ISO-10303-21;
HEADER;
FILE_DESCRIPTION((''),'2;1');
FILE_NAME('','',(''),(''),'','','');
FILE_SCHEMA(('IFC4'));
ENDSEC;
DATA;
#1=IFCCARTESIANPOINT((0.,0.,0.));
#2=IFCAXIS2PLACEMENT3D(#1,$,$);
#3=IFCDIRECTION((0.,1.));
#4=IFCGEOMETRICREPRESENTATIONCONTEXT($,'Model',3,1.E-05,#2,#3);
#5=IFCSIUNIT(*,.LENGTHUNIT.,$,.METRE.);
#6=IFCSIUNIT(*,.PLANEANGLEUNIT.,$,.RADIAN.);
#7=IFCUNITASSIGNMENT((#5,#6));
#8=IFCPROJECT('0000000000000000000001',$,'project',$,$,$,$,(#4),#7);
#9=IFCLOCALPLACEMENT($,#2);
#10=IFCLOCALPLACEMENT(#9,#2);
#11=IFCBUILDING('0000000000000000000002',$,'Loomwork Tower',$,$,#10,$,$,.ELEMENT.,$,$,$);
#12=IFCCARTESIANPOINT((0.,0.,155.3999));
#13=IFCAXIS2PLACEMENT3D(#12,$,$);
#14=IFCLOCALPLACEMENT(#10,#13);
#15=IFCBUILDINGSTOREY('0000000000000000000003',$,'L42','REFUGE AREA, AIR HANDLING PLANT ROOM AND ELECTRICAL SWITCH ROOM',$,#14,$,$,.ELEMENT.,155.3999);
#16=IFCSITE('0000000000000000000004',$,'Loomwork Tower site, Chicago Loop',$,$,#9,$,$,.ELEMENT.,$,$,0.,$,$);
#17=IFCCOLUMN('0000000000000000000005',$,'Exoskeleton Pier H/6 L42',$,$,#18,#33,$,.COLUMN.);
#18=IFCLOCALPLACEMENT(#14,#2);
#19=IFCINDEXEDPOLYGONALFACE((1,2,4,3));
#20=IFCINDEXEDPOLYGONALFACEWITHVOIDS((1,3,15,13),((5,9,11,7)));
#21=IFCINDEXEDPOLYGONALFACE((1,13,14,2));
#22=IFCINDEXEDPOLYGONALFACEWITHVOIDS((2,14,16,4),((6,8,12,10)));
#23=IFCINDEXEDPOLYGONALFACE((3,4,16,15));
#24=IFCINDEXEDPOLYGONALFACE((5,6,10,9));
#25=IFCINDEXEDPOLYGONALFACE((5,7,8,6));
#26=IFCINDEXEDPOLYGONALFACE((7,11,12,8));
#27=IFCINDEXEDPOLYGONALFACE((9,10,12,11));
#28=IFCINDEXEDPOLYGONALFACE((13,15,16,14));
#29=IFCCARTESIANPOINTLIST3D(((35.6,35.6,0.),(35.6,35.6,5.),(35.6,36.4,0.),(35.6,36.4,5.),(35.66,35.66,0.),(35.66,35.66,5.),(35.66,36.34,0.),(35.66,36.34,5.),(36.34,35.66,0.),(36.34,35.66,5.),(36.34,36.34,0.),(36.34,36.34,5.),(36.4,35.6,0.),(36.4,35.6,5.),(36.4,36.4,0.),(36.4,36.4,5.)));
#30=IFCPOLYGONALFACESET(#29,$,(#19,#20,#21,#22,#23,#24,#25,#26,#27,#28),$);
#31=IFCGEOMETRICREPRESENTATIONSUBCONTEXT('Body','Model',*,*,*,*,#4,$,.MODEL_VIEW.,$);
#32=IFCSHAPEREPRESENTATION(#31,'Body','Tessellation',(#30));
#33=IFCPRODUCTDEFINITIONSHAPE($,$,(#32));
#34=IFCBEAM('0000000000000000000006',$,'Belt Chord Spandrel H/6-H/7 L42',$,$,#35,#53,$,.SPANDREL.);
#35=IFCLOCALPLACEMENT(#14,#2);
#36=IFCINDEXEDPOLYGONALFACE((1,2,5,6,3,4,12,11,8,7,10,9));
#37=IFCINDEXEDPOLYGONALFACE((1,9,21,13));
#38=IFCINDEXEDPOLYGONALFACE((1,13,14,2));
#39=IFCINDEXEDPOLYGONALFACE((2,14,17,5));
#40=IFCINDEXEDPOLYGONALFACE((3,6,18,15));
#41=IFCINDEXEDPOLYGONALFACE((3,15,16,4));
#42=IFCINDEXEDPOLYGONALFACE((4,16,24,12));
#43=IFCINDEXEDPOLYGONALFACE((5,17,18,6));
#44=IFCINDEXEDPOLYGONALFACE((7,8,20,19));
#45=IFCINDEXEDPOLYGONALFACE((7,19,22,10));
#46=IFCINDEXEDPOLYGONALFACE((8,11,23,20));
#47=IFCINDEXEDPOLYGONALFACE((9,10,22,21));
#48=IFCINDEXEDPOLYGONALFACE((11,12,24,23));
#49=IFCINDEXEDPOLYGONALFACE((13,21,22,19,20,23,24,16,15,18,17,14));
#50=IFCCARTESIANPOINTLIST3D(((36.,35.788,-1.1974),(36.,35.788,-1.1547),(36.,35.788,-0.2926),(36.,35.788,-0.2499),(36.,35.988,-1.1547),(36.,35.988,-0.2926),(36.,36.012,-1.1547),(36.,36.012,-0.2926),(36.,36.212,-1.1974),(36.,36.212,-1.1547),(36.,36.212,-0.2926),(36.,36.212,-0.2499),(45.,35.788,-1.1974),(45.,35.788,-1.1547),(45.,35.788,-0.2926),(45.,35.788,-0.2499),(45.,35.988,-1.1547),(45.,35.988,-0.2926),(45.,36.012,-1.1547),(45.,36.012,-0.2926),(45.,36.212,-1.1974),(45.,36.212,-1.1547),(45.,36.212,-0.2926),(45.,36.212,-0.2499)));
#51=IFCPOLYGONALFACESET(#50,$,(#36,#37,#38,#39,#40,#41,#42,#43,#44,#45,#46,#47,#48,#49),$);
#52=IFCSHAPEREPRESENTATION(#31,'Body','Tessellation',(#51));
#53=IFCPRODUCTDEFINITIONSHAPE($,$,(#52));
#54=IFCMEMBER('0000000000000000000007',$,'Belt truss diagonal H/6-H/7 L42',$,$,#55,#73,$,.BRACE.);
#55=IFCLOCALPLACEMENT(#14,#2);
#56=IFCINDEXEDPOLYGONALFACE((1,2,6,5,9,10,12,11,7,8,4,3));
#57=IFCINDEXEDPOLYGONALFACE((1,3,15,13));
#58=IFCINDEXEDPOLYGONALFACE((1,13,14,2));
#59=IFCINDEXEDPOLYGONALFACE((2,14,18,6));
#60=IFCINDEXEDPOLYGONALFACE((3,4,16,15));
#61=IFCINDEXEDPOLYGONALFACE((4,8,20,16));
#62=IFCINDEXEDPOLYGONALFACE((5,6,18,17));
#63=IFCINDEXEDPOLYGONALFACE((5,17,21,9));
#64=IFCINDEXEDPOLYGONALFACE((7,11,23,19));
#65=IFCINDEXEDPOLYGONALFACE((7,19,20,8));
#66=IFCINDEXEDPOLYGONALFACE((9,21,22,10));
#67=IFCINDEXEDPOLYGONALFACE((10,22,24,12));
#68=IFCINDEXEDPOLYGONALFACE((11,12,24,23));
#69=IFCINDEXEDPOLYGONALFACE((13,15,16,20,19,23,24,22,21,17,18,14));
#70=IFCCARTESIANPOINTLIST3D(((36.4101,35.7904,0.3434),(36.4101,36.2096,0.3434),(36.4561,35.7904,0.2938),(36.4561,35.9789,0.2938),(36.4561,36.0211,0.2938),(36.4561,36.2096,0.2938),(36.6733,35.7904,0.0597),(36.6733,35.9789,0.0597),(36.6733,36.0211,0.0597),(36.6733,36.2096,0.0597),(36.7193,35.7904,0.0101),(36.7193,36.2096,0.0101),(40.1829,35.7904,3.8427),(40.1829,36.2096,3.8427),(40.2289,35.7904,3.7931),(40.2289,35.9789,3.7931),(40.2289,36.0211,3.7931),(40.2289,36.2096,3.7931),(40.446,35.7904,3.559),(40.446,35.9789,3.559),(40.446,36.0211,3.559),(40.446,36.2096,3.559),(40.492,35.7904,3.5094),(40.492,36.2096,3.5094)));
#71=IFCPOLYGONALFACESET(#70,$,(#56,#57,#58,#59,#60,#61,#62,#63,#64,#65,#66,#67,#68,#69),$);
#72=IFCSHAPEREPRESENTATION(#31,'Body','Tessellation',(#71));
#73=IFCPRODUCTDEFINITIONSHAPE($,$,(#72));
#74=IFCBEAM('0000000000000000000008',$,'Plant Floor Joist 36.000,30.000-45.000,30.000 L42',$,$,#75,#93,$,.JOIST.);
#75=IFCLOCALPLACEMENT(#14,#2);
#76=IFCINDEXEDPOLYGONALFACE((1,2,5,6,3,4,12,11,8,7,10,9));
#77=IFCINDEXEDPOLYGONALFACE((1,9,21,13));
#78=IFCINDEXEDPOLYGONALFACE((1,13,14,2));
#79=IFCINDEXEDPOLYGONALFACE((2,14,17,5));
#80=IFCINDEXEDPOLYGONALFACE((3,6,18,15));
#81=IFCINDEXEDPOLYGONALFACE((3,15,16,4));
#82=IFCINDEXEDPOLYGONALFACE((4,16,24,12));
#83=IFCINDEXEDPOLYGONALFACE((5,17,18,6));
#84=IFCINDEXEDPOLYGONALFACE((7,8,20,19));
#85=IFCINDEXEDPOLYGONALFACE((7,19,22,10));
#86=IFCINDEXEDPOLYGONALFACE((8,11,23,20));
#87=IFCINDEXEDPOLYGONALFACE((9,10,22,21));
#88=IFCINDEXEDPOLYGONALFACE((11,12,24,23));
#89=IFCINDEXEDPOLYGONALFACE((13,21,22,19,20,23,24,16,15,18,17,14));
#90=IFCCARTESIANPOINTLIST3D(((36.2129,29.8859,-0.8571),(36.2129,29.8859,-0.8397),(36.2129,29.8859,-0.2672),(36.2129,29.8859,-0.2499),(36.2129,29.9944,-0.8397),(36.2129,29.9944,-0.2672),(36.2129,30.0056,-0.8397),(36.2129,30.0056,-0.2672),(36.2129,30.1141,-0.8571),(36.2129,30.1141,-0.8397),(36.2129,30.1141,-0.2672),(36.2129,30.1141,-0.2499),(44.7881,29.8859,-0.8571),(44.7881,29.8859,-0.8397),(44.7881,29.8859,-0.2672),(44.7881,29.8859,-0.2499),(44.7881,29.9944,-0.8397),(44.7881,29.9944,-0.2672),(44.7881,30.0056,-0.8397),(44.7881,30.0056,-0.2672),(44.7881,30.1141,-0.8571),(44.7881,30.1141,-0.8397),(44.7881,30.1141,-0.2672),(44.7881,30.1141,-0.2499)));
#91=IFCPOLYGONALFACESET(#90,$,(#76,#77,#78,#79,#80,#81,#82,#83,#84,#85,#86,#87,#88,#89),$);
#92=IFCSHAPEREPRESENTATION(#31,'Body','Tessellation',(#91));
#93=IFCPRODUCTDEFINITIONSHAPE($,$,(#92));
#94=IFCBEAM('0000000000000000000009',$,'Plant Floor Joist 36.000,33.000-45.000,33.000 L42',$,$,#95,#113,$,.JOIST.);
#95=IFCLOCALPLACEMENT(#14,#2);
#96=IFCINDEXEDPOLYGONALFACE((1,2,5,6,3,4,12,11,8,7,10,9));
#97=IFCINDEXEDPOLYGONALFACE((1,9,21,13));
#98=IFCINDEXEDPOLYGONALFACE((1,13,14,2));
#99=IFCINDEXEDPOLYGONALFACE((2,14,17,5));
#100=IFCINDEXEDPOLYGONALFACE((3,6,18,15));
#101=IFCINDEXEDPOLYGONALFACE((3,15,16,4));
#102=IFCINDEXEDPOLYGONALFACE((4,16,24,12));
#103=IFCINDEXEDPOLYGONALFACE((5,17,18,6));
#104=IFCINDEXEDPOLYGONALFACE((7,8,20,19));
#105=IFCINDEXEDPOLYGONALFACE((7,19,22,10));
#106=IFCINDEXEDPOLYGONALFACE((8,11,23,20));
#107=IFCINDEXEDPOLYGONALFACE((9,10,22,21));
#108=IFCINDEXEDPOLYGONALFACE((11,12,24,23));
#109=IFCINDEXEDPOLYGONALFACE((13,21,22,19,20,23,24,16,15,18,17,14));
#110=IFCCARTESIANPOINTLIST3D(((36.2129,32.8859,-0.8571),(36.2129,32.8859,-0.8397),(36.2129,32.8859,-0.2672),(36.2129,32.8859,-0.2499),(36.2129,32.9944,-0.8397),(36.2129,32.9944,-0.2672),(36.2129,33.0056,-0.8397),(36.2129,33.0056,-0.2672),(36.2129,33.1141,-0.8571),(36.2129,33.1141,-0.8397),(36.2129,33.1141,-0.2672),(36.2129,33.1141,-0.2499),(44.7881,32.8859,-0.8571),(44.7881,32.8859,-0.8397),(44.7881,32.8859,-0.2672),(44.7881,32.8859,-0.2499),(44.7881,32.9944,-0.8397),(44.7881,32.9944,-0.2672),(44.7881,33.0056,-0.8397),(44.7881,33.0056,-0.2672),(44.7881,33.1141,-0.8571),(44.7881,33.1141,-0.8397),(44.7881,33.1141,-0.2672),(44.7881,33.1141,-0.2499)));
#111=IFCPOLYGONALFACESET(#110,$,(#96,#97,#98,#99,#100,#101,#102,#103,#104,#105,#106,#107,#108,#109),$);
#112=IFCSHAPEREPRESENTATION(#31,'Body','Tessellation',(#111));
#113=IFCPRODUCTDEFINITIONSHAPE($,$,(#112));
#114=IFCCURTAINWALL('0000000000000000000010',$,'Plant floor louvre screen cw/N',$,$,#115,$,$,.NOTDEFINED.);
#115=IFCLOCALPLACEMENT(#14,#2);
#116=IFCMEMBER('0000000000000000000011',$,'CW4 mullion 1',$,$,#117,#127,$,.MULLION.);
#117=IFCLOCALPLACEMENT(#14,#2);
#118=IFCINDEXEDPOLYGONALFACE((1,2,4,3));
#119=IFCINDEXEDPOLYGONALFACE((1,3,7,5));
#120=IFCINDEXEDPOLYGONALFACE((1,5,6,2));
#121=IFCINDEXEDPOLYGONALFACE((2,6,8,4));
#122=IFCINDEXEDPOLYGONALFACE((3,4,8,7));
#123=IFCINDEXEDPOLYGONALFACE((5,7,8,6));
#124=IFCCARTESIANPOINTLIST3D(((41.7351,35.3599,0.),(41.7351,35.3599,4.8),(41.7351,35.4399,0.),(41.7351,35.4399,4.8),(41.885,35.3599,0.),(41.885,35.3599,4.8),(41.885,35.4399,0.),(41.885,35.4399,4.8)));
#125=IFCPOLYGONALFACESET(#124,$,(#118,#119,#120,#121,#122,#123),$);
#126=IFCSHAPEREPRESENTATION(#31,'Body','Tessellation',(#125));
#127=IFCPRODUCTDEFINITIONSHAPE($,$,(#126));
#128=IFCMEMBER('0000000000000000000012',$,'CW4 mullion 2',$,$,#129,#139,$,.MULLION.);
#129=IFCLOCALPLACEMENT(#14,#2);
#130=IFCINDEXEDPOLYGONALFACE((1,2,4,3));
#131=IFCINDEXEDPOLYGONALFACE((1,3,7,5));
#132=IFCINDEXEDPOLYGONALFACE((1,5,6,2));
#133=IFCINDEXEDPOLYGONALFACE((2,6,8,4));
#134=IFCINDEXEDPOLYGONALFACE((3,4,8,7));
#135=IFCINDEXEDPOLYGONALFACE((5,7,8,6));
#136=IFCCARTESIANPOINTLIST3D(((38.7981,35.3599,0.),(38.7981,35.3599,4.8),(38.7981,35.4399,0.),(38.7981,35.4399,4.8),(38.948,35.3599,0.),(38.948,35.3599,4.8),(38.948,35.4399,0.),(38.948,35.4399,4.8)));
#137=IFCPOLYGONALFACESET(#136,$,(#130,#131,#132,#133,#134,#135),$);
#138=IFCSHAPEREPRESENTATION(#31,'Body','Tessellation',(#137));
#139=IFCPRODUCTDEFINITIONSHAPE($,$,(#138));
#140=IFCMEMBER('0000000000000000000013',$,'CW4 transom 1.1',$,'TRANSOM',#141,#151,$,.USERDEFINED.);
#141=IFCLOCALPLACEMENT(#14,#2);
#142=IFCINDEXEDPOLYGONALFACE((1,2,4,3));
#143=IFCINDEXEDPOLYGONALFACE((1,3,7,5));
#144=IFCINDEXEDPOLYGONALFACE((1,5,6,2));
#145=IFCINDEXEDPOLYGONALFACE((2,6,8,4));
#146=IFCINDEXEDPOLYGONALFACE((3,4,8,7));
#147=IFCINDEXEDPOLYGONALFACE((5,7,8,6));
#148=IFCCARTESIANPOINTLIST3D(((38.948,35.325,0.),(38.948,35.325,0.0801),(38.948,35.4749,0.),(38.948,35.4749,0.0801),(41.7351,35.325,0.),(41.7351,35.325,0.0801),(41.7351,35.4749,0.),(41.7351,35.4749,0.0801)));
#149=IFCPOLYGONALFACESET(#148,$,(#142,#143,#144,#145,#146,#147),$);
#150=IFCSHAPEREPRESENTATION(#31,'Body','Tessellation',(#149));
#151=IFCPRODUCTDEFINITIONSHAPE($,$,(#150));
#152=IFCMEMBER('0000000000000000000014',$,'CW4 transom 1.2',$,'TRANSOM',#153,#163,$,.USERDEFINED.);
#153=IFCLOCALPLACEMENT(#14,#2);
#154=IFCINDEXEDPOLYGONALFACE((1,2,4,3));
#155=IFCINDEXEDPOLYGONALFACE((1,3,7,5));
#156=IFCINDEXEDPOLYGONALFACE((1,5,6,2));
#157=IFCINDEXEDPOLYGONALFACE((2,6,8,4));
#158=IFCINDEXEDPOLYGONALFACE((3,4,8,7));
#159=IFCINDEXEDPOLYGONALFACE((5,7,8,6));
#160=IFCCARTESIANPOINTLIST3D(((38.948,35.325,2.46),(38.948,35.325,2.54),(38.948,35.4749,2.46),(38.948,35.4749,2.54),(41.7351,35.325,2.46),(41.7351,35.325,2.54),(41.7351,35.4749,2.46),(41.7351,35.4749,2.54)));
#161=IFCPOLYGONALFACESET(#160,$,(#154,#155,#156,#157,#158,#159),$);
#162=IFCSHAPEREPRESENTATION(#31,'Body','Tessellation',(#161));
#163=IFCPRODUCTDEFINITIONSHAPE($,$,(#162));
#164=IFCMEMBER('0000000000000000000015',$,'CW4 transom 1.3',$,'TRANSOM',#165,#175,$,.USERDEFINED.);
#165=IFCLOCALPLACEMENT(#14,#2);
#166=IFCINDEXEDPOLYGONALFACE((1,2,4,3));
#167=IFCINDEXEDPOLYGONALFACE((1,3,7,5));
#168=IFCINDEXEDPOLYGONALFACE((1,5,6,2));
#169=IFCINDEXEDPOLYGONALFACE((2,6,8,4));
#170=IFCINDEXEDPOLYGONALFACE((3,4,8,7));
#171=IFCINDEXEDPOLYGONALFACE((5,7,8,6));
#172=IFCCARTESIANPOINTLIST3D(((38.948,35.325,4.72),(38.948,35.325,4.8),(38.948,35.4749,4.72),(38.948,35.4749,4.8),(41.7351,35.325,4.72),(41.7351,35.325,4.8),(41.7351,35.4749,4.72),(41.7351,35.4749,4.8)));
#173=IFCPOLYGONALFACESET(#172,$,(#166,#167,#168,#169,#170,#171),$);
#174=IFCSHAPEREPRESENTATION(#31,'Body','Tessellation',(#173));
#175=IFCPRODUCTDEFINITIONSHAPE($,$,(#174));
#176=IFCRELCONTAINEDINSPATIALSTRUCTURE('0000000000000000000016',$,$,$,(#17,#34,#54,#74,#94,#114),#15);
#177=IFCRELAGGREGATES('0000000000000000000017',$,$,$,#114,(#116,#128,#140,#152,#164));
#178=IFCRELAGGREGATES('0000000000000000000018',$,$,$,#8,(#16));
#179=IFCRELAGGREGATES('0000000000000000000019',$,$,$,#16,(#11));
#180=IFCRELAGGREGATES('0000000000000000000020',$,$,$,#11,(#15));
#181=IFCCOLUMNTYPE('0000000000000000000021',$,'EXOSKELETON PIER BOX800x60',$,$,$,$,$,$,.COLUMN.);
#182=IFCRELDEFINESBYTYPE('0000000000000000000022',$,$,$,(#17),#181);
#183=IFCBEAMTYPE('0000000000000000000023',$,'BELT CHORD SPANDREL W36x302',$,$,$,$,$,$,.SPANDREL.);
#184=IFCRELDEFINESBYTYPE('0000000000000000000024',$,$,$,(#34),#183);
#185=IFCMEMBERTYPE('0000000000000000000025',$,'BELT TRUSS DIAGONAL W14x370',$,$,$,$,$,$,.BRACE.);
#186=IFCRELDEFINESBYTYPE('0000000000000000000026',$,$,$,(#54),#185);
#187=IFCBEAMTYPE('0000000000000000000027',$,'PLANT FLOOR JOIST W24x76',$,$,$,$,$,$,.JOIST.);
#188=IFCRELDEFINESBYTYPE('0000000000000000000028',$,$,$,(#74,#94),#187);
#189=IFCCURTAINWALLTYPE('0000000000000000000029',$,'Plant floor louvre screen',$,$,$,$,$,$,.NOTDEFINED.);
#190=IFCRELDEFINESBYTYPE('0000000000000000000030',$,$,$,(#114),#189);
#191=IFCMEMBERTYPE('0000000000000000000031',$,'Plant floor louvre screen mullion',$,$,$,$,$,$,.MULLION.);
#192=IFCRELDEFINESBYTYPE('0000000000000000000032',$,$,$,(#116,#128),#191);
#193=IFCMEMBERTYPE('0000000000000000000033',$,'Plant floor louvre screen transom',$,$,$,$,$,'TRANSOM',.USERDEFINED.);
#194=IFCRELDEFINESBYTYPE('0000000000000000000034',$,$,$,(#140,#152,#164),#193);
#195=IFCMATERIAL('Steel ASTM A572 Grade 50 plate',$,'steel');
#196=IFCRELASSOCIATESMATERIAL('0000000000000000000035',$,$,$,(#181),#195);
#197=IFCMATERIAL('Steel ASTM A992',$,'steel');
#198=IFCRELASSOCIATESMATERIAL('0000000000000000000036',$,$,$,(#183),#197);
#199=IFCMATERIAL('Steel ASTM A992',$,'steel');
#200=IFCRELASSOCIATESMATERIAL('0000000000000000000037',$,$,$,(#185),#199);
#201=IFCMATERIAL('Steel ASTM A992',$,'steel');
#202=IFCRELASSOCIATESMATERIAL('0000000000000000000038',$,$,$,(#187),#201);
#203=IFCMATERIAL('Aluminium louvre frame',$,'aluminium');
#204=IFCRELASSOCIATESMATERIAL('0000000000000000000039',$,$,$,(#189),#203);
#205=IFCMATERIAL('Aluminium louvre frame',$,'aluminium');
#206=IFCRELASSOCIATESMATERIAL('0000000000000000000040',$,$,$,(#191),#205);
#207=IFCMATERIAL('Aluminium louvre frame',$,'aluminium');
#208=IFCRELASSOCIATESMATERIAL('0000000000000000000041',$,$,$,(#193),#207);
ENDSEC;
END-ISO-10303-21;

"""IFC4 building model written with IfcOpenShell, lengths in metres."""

from ifc_helpers import new_model, si_unit, direction, frame, origin, origin_2d, place, context, subcontext, project, spatial, rectangle, hollow_rectangle, i_section, extrude, material, material_profile, profile_set, type_object, element, aggregate, save


model = new_model("IFC4")

# Units and contexts
model_context = context("Model", 3, precision=1e-05, world=origin(), true_north=direction((0.0, 1.0)))
body_context = subcontext(model_context, "Body", "Model", "MODEL_VIEW")
ifc_project = project(units=[si_unit("LENGTHUNIT", "METRE"), si_unit("PLANEANGLEUNIT", "RADIAN")], contexts=[model_context])

# Site, building, storey
site_placement = place(None, origin())
site = spatial("IfcSite", under=ifc_project, at=site_placement, Name="Loomwork Tower site, Chicago Loop", CompositionType="ELEMENT", RefElevation=0.0)
building_placement = place(site_placement, origin())
building = spatial("IfcBuilding", under=site, at=building_placement, Name="Loomwork Tower", CompositionType="ELEMENT")
storey_placement = place(building_placement, frame((0.0, 0.0, 155.3999)))
storey = spatial("IfcBuildingStorey", under=building, at=storey_placement, Name="L42", Description="REFUGE AREA, AIR HANDLING PLANT ROOM AND ELECTRICAL SWITCH ROOM", CompositionType="ELEMENT", Elevation=155.3999)

# Column
ifc_material_1 = material(Name="Steel ASTM A572 Grade 50 plate", Category="steel")
ifc_material_profile_1 = material_profile(ifc_material_1, hollow_rectangle(XDim=0.8, YDim=0.8, WallThickness=0.0601, at=origin_2d()), Name="BOX800x60")
ifc_profile_set_1 = profile_set([ifc_material_profile_1], Name="Steel ASTM A572 Grade 50 plate")
column_type = type_object("IfcColumnType", Name="EXOSKELETON PIER BOX800x60", PredefinedType="COLUMN", material=ifc_profile_set_1)
column_placement = place(storey_placement, frame((36.0, 36.0, 0.0), z_axis=(0.0, 0.0, 1.0), x_axis=(1.0, 0.0, 0.0)))
element("IfcColumn", 1, at=column_placement, inside=storey, type_object=column_type, Name="Exoskeleton Pier H/6 L42", PredefinedType="COLUMN", context=body_context, shape_type="SweptSolid", body=[
    extrude(hollow_rectangle(XDim=0.8, YDim=0.8, WallThickness=0.0601, at=origin_2d()), origin(), (0.0, 0.0, 1.0), 5.0),
])

# Beam
ifc_material_2 = material(Name="Steel ASTM A992", Category="steel")
ifc_material_profile_2 = material_profile(ifc_material_2, i_section(OverallWidth=0.4241, OverallDepth=0.9475, WebThickness=0.0239, FlangeThickness=0.0427, at=origin_2d()), Name="W36x302")
ifc_profile_set_2 = profile_set([ifc_material_profile_2], Name="Steel ASTM A992")
beam_type_1 = type_object("IfcBeamType", Name="BELT CHORD SPANDREL W36x302", PredefinedType="SPANDREL", material=ifc_profile_set_2)
beam_placement = place(storey_placement, frame((36.0, 36.0, -0.7236), z_axis=(1.0, 0.0, 0.0), x_axis=(0.0, 1.0, 0.0)))
element("IfcBeam", 2, at=beam_placement, inside=storey, type_object=beam_type_1, Name="Belt Chord Spandrel H/6-H/7 L42", PredefinedType="SPANDREL", context=body_context, shape_type="SweptSolid", body=[
    extrude(i_section(OverallWidth=0.4241, OverallDepth=0.9475, WebThickness=0.0239, FlangeThickness=0.0427, at=origin_2d()), origin(), (0.0, 0.0, 1.0), 9.0),
])

# Member
ifc_material_3 = material(Name="Steel ASTM A992", Category="steel")
ifc_material_profile_3 = material_profile(ifc_material_3, i_section(OverallWidth=0.4192, OverallDepth=0.4546, WebThickness=0.0422, FlangeThickness=0.0676, at=origin_2d()), Name="W14x370")
ifc_profile_set_3 = profile_set([ifc_material_profile_3], Name="Steel ASTM A992")
member_type_1 = type_object("IfcMemberType", Name="BELT TRUSS DIAGONAL W14x370", PredefinedType="BRACE", material=ifc_profile_set_3)
member_1_placement = place(storey_placement, frame((36.5647, 36.0, 0.1768), z_axis=(0.733177, 0.0, 0.680038), x_axis=(0.0, 1.0, 0.0)))
element("IfcMember", 3, at=member_1_placement, inside=storey, type_object=member_type_1, Name="Belt truss diagonal H/6-H/7 L42", PredefinedType="BRACE", context=body_context, shape_type="SweptSolid", body=[
    extrude(i_section(OverallWidth=0.4192, OverallDepth=0.4546, WebThickness=0.0422, FlangeThickness=0.0676, at=origin_2d()), origin(), (0.0, 0.0, 1.0), 5.1458),
])

# Beams
ifc_material_4 = material(Name="Steel ASTM A992", Category="steel")
ifc_material_profile_4 = material_profile(ifc_material_4, i_section(OverallWidth=0.2283, OverallDepth=0.6072, WebThickness=0.0112, FlangeThickness=0.0173, at=origin_2d()), Name="W24x76")
ifc_profile_set_4 = profile_set([ifc_material_profile_4], Name="Steel ASTM A992")
beam_type_2 = type_object("IfcBeamType", Name="PLANT FLOOR JOIST W24x76", PredefinedType="JOIST", material=ifc_profile_set_4)
for number, where, z_axis, x_axis, name in (
    (4, (36.2129, 30.0, -0.5535), (1.0, 0.0, 0.0), (0.0, 1.0, 0.0), "Plant Floor Joist 36.000,30.000-45.000,30.000 L42"),
    (5, (36.2129, 33.0, -0.5535), (1.0, 0.0, 0.0), (0.0, 1.0, 0.0), "Plant Floor Joist 36.000,33.000-45.000,33.000 L42"),
):
    element("IfcBeam", number, at=place(storey_placement, frame(where, z_axis=z_axis, x_axis=x_axis)), inside=storey, type_object=beam_type_2, Name=name, PredefinedType="JOIST", context=body_context, shape_type="SweptSolid", body=[
        extrude(i_section(OverallWidth=0.2283, OverallDepth=0.6072, WebThickness=0.0112, FlangeThickness=0.0173, at=origin_2d()), origin(), (0.0, 0.0, 1.0), 8.5752),
    ])

# Curtain wall, members
ifc_material_5 = material(Name="Aluminium louvre frame", Category="aluminium")
curtain_wall_type = type_object("IfcCurtainWallType", Name="Plant floor louvre screen", PredefinedType="NOTDEFINED", material=ifc_material_5)
curtain_wall_placement = place(storey_placement, origin())
curtain_wall = element("IfcCurtainWall", 6, at=curtain_wall_placement, inside=storey, type_object=curtain_wall_type, Name="Plant floor louvre screen cw/N", PredefinedType="NOTDEFINED")
ifc_material_6 = material(Name="Aluminium louvre frame", Category="aluminium")
ifc_material_profile_5 = material_profile(ifc_material_6, rectangle(XDim=0.0801, YDim=0.1499, at=origin_2d()), Name="AL 80x150")
ifc_profile_set_5 = profile_set([ifc_material_profile_5], Name="Aluminium louvre frame")
member_type_2 = type_object("IfcMemberType", Name="Plant floor louvre screen mullion", PredefinedType="MULLION", material=ifc_profile_set_5)
member_2_placement = place(storey_placement, frame((41.8101, 35.3999, 0.0), z_axis=(0.0, 0.0, 1.0), x_axis=(0.0, -1.0, 0.0)))
member_2 = element("IfcMember", 7, at=member_2_placement, type_object=member_type_2, Name="CW4 mullion 1", PredefinedType="MULLION", context=body_context, shape_type="SweptSolid", body=[
    extrude(rectangle(XDim=0.0801, YDim=0.1499, at=origin_2d()), origin(), (0.0, 0.0, 1.0), 4.8),
])
member_3_placement = place(storey_placement, frame((38.873, 35.3999, 0.0), z_axis=(0.0, 0.0, 1.0), x_axis=(0.0, -1.0, 0.0)))
member_3 = element("IfcMember", 8, at=member_3_placement, type_object=member_type_2, Name="CW4 mullion 2", PredefinedType="MULLION", context=body_context, shape_type="SweptSolid", body=[
    extrude(rectangle(XDim=0.0801, YDim=0.1499, at=origin_2d()), origin(), (0.0, 0.0, 1.0), 4.8),
])
ifc_material_7 = material(Name="Aluminium louvre frame", Category="aluminium")
ifc_material_profile_6 = material_profile(ifc_material_7, rectangle(XDim=0.1499, YDim=0.0801, at=origin_2d()), Name="AL 80x150")
ifc_profile_set_6 = profile_set([ifc_material_profile_6], Name="Aluminium louvre frame")
member_type_3 = type_object("IfcMemberType", Name="Plant floor louvre screen transom", ElementType="TRANSOM", PredefinedType="USERDEFINED", material=ifc_profile_set_6)
member_4_placement = place(storey_placement, frame((41.7351, 35.3999, 0.04), z_axis=(-1.0, 0.0, 0.0), x_axis=(0.0, -1.0, 0.0)))
member_4 = element("IfcMember", 9, at=member_4_placement, type_object=member_type_3, Name="CW4 transom 1.1", ObjectType="TRANSOM", PredefinedType="USERDEFINED", context=body_context, shape_type="SweptSolid", body=[
    extrude(rectangle(XDim=0.1499, YDim=0.0801, at=origin_2d()), origin(), (0.0, 0.0, 1.0), 2.7871),
])
member_5_placement = place(storey_placement, frame((41.7351, 35.3999, 2.5), z_axis=(-1.0, 0.0, 0.0), x_axis=(0.0, -1.0, 0.0)))
member_5 = element("IfcMember", 10, at=member_5_placement, type_object=member_type_3, Name="CW4 transom 1.2", ObjectType="TRANSOM", PredefinedType="USERDEFINED", context=body_context, shape_type="SweptSolid", body=[
    extrude(rectangle(XDim=0.1499, YDim=0.0801, at=origin_2d()), origin(), (0.0, 0.0, 1.0), 2.7871),
])
member_6_placement = place(storey_placement, frame((41.7351, 35.3999, 4.76), z_axis=(-1.0, 0.0, 0.0), x_axis=(0.0, -1.0, 0.0)))
member_6 = element("IfcMember", 11, at=member_6_placement, type_object=member_type_3, Name="CW4 transom 1.3", ObjectType="TRANSOM", PredefinedType="USERDEFINED", context=body_context, shape_type="SweptSolid", body=[
    extrude(rectangle(XDim=0.1499, YDim=0.0801, at=origin_2d()), origin(), (0.0, 0.0, 1.0), 2.7871),
])
aggregate(curtain_wall, [member_2, member_3, member_4, member_5, member_6])

save(model, "model.ifc")
